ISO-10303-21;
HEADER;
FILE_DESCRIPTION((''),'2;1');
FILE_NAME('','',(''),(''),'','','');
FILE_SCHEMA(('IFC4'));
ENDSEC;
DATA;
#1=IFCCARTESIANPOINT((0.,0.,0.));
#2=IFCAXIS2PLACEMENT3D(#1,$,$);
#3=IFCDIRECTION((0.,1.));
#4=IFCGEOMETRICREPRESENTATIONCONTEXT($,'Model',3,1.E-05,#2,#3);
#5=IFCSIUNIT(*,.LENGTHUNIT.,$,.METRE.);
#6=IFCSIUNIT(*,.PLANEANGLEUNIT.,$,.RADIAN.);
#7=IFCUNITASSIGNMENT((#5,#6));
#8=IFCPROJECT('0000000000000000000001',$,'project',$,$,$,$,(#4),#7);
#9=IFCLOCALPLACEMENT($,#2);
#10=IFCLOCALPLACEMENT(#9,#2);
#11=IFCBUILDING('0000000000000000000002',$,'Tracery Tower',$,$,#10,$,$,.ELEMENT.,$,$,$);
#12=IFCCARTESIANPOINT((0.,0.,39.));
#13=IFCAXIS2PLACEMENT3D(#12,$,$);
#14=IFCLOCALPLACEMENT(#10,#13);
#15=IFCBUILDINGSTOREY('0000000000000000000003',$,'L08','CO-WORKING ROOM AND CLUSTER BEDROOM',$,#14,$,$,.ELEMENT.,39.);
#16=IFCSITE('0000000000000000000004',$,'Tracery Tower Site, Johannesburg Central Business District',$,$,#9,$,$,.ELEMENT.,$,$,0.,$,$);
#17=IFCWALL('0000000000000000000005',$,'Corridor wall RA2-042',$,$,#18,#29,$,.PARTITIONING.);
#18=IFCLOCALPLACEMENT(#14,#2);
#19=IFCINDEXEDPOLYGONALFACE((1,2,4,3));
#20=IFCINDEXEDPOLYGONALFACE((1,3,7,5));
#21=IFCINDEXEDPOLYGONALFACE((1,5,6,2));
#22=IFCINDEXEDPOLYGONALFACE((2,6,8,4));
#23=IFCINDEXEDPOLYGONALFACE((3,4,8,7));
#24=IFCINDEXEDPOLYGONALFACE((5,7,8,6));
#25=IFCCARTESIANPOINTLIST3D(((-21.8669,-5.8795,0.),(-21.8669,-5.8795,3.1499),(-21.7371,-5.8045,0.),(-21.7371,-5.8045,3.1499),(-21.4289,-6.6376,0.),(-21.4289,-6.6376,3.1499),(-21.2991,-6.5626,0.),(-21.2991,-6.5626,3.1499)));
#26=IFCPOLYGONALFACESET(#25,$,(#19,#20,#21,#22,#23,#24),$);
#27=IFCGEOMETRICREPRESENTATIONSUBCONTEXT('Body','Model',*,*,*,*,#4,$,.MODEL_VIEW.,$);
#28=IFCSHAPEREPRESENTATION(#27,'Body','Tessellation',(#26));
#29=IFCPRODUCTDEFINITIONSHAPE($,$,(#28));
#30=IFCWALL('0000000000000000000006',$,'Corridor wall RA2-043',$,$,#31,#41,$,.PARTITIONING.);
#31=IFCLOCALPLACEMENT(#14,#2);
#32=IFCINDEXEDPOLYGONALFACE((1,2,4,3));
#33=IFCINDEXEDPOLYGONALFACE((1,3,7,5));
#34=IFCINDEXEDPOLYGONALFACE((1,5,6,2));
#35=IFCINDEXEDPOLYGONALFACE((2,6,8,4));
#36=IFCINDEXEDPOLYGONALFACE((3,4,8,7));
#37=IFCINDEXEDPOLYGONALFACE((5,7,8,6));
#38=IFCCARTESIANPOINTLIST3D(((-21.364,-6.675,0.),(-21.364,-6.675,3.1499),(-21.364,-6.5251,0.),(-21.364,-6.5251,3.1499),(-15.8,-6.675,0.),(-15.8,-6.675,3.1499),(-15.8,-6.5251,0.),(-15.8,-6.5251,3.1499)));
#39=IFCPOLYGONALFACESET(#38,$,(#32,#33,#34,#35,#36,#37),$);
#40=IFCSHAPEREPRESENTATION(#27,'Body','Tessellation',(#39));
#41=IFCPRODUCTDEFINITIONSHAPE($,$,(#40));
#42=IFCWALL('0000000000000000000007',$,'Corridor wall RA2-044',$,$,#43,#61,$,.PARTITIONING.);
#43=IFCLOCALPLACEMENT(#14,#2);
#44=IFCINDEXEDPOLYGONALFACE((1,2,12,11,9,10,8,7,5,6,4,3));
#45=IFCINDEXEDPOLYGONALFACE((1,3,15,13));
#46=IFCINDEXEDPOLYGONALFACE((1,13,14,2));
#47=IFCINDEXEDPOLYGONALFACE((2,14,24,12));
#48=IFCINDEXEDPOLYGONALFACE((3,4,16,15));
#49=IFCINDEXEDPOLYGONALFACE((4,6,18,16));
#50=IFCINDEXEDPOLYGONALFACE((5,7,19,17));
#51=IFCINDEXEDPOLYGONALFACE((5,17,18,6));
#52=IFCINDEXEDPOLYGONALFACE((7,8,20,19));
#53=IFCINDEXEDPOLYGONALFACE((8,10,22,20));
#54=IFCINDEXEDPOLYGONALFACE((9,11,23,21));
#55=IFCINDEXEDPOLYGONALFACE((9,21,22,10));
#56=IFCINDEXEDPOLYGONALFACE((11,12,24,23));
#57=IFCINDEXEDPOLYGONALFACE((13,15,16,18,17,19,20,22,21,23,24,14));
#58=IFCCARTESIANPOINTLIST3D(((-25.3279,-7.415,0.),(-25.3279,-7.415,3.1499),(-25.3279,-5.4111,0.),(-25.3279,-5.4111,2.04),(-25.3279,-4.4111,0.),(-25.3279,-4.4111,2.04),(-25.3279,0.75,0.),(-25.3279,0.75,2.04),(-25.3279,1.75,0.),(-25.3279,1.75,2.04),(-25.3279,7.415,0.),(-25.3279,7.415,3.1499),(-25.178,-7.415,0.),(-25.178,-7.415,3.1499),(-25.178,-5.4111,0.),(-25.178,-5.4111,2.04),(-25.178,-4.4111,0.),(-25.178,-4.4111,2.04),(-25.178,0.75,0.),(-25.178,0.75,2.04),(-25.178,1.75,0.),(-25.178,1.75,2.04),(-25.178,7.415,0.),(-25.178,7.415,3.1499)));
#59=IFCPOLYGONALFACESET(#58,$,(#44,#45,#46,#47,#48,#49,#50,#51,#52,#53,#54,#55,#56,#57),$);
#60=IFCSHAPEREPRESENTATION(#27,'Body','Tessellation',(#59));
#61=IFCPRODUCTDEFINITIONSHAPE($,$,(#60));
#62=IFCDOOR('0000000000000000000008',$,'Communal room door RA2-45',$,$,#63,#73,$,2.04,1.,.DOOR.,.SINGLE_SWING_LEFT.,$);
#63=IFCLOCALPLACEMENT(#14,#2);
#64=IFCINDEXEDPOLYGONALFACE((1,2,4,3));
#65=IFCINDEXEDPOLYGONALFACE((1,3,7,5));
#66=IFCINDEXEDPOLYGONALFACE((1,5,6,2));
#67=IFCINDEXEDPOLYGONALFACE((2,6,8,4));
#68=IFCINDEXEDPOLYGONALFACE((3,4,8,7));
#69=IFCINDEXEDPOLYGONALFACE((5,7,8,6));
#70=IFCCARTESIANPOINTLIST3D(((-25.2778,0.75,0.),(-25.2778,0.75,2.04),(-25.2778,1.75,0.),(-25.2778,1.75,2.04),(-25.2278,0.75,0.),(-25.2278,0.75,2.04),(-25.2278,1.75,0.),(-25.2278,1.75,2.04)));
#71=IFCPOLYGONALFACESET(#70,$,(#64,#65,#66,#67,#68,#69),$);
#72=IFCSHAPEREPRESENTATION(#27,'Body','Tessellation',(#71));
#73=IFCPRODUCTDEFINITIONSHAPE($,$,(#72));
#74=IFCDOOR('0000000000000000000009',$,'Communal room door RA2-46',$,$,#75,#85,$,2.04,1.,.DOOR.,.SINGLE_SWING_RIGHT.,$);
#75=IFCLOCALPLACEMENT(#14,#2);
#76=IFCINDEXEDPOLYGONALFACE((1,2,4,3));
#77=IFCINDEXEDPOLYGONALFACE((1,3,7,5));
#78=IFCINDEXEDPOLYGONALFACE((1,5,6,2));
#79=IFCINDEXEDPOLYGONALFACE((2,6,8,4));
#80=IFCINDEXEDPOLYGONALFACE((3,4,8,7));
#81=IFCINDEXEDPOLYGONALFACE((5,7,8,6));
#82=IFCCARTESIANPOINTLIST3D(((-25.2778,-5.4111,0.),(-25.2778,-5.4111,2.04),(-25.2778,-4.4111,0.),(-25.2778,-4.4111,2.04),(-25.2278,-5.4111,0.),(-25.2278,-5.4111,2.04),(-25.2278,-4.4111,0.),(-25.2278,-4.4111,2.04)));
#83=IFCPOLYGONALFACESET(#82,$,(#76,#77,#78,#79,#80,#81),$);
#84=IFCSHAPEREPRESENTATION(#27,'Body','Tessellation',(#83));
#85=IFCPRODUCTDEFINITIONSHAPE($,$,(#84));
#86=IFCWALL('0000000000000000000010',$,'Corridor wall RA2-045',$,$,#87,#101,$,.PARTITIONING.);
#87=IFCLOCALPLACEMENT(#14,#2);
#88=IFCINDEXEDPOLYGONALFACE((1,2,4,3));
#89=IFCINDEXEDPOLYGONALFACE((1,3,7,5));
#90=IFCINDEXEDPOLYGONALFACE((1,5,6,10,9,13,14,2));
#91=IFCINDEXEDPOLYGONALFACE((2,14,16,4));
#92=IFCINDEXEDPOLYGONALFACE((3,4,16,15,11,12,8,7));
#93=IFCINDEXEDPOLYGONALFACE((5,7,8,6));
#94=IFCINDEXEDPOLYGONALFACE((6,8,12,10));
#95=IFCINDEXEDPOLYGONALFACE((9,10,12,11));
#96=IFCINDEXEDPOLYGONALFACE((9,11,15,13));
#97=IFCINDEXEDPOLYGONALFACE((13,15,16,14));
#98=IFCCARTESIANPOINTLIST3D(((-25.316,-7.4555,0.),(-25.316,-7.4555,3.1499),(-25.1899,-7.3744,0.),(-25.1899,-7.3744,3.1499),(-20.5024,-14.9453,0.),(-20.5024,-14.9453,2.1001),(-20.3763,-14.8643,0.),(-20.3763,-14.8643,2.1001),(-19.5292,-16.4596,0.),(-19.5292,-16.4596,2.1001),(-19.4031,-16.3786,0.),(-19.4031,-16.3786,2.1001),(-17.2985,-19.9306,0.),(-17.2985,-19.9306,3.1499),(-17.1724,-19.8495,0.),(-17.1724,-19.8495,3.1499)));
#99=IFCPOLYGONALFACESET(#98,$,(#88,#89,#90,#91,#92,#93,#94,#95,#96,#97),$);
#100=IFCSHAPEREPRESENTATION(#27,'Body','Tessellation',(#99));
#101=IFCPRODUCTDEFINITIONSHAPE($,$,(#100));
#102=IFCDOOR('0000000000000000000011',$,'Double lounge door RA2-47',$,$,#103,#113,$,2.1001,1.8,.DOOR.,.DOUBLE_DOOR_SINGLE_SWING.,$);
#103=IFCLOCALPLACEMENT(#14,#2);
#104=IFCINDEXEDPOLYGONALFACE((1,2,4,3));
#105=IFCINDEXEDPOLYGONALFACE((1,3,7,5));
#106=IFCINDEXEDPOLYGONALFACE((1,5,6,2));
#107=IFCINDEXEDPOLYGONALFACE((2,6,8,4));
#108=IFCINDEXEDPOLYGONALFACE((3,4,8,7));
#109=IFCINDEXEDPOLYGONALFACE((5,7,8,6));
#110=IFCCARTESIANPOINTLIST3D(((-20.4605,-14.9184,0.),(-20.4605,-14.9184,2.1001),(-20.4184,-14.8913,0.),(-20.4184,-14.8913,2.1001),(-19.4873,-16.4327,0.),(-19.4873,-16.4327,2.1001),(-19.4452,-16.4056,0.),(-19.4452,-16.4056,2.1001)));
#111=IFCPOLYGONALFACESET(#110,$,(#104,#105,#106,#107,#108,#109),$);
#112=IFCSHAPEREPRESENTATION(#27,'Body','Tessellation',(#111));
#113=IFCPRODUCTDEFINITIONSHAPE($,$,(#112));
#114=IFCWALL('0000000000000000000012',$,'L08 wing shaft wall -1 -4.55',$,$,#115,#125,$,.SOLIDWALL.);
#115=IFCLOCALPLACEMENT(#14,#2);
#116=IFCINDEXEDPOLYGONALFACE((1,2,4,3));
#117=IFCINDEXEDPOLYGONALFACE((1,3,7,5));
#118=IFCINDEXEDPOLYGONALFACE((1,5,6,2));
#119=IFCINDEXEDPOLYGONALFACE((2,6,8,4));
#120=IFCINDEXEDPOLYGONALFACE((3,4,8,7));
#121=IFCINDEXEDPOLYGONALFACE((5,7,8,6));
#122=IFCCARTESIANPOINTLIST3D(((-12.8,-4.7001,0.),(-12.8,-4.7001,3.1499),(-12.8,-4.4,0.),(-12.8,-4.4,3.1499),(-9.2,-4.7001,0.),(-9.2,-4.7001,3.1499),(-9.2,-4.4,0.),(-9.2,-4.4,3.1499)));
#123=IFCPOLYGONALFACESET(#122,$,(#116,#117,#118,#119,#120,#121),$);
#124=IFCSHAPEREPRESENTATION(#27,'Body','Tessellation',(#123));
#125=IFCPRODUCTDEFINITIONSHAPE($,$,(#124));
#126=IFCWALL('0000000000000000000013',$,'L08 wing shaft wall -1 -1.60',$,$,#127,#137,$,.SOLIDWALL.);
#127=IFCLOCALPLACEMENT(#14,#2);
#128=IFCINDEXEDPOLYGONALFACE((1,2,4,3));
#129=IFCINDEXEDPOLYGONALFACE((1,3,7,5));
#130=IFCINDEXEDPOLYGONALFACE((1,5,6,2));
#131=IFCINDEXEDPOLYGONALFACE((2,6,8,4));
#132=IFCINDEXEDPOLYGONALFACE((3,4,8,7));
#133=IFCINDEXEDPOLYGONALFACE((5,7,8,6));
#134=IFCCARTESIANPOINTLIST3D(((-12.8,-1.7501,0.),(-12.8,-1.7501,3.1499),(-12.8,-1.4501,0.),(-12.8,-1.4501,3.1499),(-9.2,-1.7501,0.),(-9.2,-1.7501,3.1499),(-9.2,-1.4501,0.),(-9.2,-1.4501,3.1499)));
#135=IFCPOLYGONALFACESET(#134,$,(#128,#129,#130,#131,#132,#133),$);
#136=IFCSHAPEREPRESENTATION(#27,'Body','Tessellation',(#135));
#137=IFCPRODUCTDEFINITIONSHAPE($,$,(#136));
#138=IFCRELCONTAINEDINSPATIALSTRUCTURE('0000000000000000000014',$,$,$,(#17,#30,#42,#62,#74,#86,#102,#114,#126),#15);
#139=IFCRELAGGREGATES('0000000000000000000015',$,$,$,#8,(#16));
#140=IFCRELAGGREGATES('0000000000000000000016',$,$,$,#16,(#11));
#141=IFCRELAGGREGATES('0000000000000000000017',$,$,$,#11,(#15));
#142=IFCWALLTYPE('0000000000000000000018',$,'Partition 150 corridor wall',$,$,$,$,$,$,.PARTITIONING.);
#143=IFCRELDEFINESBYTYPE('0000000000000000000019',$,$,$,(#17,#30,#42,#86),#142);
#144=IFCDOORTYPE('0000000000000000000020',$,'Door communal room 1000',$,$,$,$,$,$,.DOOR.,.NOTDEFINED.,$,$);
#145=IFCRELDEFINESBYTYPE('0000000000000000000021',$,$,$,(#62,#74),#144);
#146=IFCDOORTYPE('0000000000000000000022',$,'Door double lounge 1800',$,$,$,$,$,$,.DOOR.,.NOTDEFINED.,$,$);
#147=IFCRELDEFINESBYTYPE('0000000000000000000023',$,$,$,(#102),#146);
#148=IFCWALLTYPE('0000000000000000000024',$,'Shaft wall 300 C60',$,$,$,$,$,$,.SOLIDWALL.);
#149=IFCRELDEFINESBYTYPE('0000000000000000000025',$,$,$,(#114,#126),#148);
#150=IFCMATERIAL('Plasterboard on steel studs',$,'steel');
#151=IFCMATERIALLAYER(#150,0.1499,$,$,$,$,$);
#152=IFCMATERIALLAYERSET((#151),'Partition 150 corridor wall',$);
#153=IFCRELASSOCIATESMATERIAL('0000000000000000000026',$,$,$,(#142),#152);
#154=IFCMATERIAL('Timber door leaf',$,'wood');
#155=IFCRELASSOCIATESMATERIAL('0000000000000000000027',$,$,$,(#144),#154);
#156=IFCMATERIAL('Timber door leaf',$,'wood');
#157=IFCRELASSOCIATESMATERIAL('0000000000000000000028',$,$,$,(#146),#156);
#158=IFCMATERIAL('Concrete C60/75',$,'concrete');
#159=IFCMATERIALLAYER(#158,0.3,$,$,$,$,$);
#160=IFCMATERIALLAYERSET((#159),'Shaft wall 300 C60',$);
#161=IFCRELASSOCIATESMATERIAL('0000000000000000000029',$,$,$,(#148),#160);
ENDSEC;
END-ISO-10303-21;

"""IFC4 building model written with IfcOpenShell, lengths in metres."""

from ifc_helpers import new_model, si_unit, direction, frame, frame_2d, origin, place, context, subcontext, project, spatial, rectangle, extrude, material, layer, layer_set, type_object, element, fill, save


model = new_model("IFC4")

# Units and contexts
model_context = context("Model", 3, precision=1e-05, world=origin(), true_north=direction((0.0, 1.0)))
body_context = subcontext(model_context, "Body", "Model", "MODEL_VIEW")
ifc_project = project(units=[si_unit("LENGTHUNIT", "METRE"), si_unit("PLANEANGLEUNIT", "RADIAN")], contexts=[model_context])

# Site, building, storey
site_placement = place(None, origin())
site = spatial("IfcSite", under=ifc_project, at=site_placement, Name="Tracery Tower Site, Johannesburg Central Business District", CompositionType="ELEMENT", RefElevation=0.0)
building_placement = place(site_placement, origin())
building = spatial("IfcBuilding", under=site, at=building_placement, Name="Tracery Tower", CompositionType="ELEMENT")
storey_placement = place(building_placement, frame((0.0, 0.0, 39.0)))
storey = spatial("IfcBuildingStorey", under=building, at=storey_placement, Name="L08", Description="CO-WORKING ROOM AND CLUSTER BEDROOM", CompositionType="ELEMENT", Elevation=39.0)

# Shared definitions
ifc_material_1 = material(Name="Plasterboard on steel studs", Category="steel")
ifc_layer_1 = layer(ifc_material_1, 0.1499)
ifc_layer_set_1 = layer_set([ifc_layer_1], Name="Partition 150 corridor wall")
wall_type_1 = type_object("IfcWallType", Name="Partition 150 corridor wall", PredefinedType="PARTITIONING", material=ifc_layer_set_1)

# Walls
wall_1_placement = place(storey_placement, frame((-21.802, -5.842, 0.0), z_axis=(0.0, 0.0, 1.0), x_axis=(0.500278, -0.865865, 0.0)))
element("IfcWall", 1, at=wall_1_placement, inside=storey, type_object=wall_type_1, Name="Corridor wall RA2-042", PredefinedType="PARTITIONING", context=body_context, shape_type="SweptSolid", body=[
    extrude(rectangle(XDim=0.8755, YDim=0.1499, at=frame_2d((0.4377, 0.0))), origin(), (0.0, 0.0, 1.0), 3.1499),
])
wall_2_placement = place(storey_placement, frame((-21.364, -6.6001, 0.0), z_axis=(0.0, 0.0, 1.0), x_axis=(1.0, 0.0, 0.0)))
element("IfcWall", 2, at=wall_2_placement, inside=storey, type_object=wall_type_1, Name="Corridor wall RA2-043", PredefinedType="PARTITIONING", context=body_context, shape_type="SweptSolid", body=[
    extrude(rectangle(XDim=5.564, YDim=0.1499, at=frame_2d((2.782, 0.0))), origin(), (0.0, 0.0, 1.0), 3.1499),
])

# Wall, openings, doors
wall_3_placement = place(storey_placement, frame((-25.2529, -7.415, 0.0), z_axis=(0.0, 0.0, 1.0), x_axis=(0.0, 1.0, 0.0)))
wall_3 = element("IfcWall", 3, at=wall_3_placement, inside=storey, type_object=wall_type_1, Name="Corridor wall RA2-044", PredefinedType="PARTITIONING", context=body_context, shape_type="SweptSolid", body=[
    extrude(rectangle(XDim=14.8301, YDim=0.1499, at=frame_2d((7.415, 0.0))), origin(), (0.0, 0.0, 1.0), 3.1499),
])
opening_1_placement = place(wall_3_placement, frame((8.165, 0.0, 0.0)))
opening_1 = element("IfcOpeningElement", 4, at=opening_1_placement, cuts=wall_3, PredefinedType="OPENING", context=body_context, shape_type="SweptSolid", body=[
    extrude(rectangle(XDim=1.0, YDim=2.04, at=frame_2d((0.5, 1.02))), frame((0.0, 0.075, 0.0), z_axis=(0.0, -1.0, 0.0), x_axis=(1.0, 0.0, 0.0)), (0.0, 0.0, 1.0), 0.1499),
])
opening_2_placement = place(wall_3_placement, frame((2.0039, 0.0, 0.0)))
opening_2 = element("IfcOpeningElement", 5, at=opening_2_placement, cuts=wall_3, PredefinedType="OPENING", context=body_context, shape_type="SweptSolid", body=[
    extrude(rectangle(XDim=1.0, YDim=2.04, at=frame_2d((0.5, 1.02))), frame((0.0, 0.075, 0.0), z_axis=(0.0, -1.0, 0.0), x_axis=(1.0, 0.0, 0.0)), (0.0, 0.0, 1.0), 0.1499),
])
ifc_material_2 = material(Name="Timber door leaf", Category="wood")
door_type_1 = type_object("IfcDoorType", Name="Door communal room 1000", OperationType="NOTDEFINED", PredefinedType="DOOR", material=ifc_material_2)
door_1_placement = place(opening_1_placement, origin())
door_1 = element("IfcDoor", 6, at=door_1_placement, inside=storey, type_object=door_type_1, Name="Communal room door RA2-45", OperationType="SINGLE_SWING_LEFT", OverallHeight=2.04, OverallWidth=1.0, PredefinedType="DOOR", context=body_context, shape_type="SweptSolid", body=[
    extrude(rectangle(XDim=1.0, YDim=2.04, at=frame_2d((0.5, 1.02))), frame((0.0, 0.0249, 0.0), z_axis=(0.0, -1.0, 0.0), x_axis=(1.0, 0.0, 0.0)), (0.0, 0.0, 1.0), 0.05),
])
fill(opening_1, door_1)
door_2_placement = place(opening_2_placement, origin())
door_2 = element("IfcDoor", 7, at=door_2_placement, inside=storey, type_object=door_type_1, Name="Communal room door RA2-46", OperationType="SINGLE_SWING_RIGHT", OverallHeight=2.04, OverallWidth=1.0, PredefinedType="DOOR", context=body_context, shape_type="SweptSolid", body=[
    extrude(rectangle(XDim=1.0, YDim=2.04, at=frame_2d((0.5, 1.02))), frame((0.0, 0.0249, 0.0), z_axis=(0.0, -1.0, 0.0), x_axis=(1.0, 0.0, 0.0)), (0.0, 0.0, 1.0), 0.05),
])
fill(opening_2, door_2)

# Wall, opening, door
wall_4_placement = place(storey_placement, frame((-25.2529, -7.415, 0.0), z_axis=(0.0, 0.0, 1.0), x_axis=(0.540656, -0.841244, 0.0)))
wall_4 = element("IfcWall", 8, at=wall_4_placement, inside=storey, type_object=wall_type_1, Name="Corridor wall RA2-045", PredefinedType="PARTITIONING", context=body_context, shape_type="SweptSolid", body=[
    extrude(rectangle(XDim=14.8293, YDim=0.1499, at=frame_2d((7.4146, 0.0))), origin(), (0.0, 0.0, 1.0), 3.1499),
])
opening_3_placement = place(wall_4_placement, frame((8.9033, 0.0, 0.0)))
opening_3 = element("IfcOpeningElement", 9, at=opening_3_placement, cuts=wall_4, PredefinedType="OPENING", context=body_context, shape_type="SweptSolid", body=[
    extrude(rectangle(XDim=1.8, YDim=2.1001, at=frame_2d((0.8999, 1.05))), frame((0.0, 0.075, 0.0), z_axis=(0.0, -1.0, 0.0), x_axis=(1.0, 0.0, 0.0)), (0.0, 0.0, 1.0), 0.1499),
])
ifc_material_3 = material(Name="Timber door leaf", Category="wood")
door_type_2 = type_object("IfcDoorType", Name="Door double lounge 1800", OperationType="NOTDEFINED", PredefinedType="DOOR", material=ifc_material_3)
door_3_placement = place(opening_3_placement, origin())
door_3 = element("IfcDoor", 10, at=door_3_placement, inside=storey, type_object=door_type_2, Name="Double lounge door RA2-47", OperationType="DOUBLE_DOOR_SINGLE_SWING", OverallHeight=2.1001, OverallWidth=1.8, PredefinedType="DOOR", context=body_context, shape_type="SweptSolid", body=[
    extrude(rectangle(XDim=1.8, YDim=2.1001, at=frame_2d((0.8999, 1.05))), frame((0.0, 0.0249, 0.0), z_axis=(0.0, -1.0, 0.0), x_axis=(1.0, 0.0, 0.0)), (0.0, 0.0, 1.0), 0.05),
])
fill(opening_3, door_3)

# Walls
ifc_material_4 = material(Name="Concrete C60/75", Category="concrete")
ifc_layer_2 = layer(ifc_material_4, 0.3)
ifc_layer_set_2 = layer_set([ifc_layer_2], Name="Shaft wall 300 C60")
wall_type_2 = type_object("IfcWallType", Name="Shaft wall 300 C60", PredefinedType="SOLIDWALL", material=ifc_layer_set_2)
for number, where, z_axis, x_axis, name in (
    (11, (-12.8, -4.55, 0.0), (0.0, 0.0, 1.0), (1.0, 0.0, 0.0), "L08 wing shaft wall -1 -4.55"),
    (12, (-12.8, -1.6001, 0.0), (0.0, 0.0, 1.0), (1.0, 0.0, 0.0), "L08 wing shaft wall -1 -1.60"),
):
    element("IfcWall", number, at=place(storey_placement, frame(where, z_axis=z_axis, x_axis=x_axis)), inside=storey, type_object=wall_type_2, Name=name, PredefinedType="SOLIDWALL", context=body_context, shape_type="SweptSolid", body=[
        extrude(rectangle(XDim=3.6001, YDim=0.3, at=frame_2d((1.8, 0.0))), origin(), (0.0, 0.0, 1.0), 3.1499),
    ])

save(model, "model.ifc")
